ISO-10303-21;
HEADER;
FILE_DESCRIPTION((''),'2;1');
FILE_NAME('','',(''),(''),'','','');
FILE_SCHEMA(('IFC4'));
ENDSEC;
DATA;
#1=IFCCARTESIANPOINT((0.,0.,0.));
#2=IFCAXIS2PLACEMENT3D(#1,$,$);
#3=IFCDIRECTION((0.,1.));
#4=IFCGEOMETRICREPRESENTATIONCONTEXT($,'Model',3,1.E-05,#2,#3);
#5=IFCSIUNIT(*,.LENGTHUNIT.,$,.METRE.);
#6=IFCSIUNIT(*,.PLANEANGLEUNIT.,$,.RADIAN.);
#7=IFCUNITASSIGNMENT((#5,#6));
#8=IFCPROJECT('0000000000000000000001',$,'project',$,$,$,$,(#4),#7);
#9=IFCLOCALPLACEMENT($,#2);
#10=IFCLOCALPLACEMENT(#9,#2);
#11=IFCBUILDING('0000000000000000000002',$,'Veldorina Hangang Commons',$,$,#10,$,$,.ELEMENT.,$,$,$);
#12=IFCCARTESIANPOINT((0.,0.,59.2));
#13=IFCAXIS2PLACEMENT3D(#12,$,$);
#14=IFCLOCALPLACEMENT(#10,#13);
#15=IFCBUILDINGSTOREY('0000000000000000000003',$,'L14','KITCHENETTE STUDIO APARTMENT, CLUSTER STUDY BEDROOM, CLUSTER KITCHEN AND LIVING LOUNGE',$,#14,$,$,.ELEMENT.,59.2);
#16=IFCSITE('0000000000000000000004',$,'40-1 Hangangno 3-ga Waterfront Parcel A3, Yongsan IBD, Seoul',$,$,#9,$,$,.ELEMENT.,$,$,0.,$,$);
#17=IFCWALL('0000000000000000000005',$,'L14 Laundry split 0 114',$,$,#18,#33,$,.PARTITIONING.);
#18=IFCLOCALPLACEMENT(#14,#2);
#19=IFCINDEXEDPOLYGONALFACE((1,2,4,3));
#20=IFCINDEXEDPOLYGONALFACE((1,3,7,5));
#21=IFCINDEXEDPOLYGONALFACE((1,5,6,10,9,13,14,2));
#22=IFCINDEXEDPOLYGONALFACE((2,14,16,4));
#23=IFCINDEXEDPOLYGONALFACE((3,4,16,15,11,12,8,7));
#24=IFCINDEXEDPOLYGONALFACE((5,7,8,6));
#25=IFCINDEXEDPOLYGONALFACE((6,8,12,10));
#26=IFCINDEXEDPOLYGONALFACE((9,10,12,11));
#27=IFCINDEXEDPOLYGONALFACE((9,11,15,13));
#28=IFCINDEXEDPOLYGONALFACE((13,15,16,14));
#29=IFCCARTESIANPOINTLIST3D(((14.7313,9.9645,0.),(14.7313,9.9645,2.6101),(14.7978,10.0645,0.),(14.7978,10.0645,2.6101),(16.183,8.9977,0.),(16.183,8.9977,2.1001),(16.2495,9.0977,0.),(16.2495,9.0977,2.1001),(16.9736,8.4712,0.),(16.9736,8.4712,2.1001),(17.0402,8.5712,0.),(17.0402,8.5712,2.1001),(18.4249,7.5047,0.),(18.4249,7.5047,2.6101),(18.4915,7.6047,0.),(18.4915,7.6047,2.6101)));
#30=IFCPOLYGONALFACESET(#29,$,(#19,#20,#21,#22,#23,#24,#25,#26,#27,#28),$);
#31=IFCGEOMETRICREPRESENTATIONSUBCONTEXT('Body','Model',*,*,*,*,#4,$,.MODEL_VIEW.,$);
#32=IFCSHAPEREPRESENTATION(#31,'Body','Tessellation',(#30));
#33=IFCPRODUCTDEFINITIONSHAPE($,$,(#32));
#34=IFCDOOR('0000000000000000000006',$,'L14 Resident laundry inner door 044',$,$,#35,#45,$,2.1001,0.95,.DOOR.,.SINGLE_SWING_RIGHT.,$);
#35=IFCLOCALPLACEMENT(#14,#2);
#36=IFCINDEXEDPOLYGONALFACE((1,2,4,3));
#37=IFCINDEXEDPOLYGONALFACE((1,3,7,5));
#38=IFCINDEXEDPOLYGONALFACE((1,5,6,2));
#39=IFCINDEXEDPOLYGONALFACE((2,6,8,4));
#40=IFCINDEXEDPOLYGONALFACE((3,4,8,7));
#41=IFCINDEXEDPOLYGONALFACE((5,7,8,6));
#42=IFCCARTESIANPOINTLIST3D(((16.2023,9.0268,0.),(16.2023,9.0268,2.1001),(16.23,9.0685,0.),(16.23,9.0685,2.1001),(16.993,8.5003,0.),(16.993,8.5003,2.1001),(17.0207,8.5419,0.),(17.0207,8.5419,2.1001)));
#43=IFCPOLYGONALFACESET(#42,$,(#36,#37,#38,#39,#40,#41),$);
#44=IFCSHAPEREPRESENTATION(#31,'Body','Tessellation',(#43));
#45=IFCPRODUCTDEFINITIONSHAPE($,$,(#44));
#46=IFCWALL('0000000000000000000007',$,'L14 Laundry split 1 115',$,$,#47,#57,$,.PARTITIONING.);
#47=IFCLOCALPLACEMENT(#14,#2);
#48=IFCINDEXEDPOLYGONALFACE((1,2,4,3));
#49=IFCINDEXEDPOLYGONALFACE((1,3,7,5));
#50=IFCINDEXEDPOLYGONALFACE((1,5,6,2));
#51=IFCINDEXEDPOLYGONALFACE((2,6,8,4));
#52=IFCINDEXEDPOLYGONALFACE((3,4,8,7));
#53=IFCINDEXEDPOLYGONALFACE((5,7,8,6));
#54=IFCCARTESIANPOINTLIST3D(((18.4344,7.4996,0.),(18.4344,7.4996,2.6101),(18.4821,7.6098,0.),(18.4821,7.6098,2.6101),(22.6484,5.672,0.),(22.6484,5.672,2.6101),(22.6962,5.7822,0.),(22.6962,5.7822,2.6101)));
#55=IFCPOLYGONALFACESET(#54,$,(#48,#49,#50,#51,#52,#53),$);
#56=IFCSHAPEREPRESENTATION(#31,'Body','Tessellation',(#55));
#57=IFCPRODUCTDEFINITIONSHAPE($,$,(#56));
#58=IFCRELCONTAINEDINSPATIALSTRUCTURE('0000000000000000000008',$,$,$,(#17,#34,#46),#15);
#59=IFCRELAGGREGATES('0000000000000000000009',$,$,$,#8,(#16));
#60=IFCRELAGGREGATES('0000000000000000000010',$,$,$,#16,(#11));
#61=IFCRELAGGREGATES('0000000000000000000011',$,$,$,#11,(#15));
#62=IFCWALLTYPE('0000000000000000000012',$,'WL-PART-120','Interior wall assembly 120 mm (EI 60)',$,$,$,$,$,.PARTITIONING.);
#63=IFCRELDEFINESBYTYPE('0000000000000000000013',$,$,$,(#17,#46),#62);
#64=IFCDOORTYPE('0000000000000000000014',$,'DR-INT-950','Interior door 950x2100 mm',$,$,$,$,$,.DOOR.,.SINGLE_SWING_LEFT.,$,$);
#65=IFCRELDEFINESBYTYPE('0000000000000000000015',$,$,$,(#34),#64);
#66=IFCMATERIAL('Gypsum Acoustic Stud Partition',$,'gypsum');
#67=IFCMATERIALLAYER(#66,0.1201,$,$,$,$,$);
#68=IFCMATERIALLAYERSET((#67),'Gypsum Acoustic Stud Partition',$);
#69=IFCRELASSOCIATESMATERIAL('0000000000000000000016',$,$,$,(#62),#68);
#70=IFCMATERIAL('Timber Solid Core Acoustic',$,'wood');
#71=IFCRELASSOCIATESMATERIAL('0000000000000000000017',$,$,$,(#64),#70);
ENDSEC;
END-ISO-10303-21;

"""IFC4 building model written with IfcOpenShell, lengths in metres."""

from ifc_helpers import new_model, si_unit, direction, frame, frame_2d, origin, place, context, subcontext, project, spatial, rectangle, extrude, material, layer, layer_set, type_object, element, fill, save


model = new_model("IFC4")

# Units and contexts
model_context = context("Model", 3, precision=1e-05, world=origin(), true_north=direction((0.0, 1.0)))
body_context = subcontext(model_context, "Body", "Model", "MODEL_VIEW")
ifc_project = project(units=[si_unit("LENGTHUNIT", "METRE"), si_unit("PLANEANGLEUNIT", "RADIAN")], contexts=[model_context])

# Site, building, storey
site_placement = place(None, origin())
site = spatial("IfcSite", under=ifc_project, at=site_placement, Name="40-1 Hangangno 3-ga Waterfront Parcel A3, Yongsan IBD, Seoul", CompositionType="ELEMENT", RefElevation=0.0)
building_placement = place(site_placement, origin())
building = spatial("IfcBuilding", under=site, at=building_placement, Name="Veldorina Hangang Commons", CompositionType="ELEMENT")
storey_placement = place(building_placement, frame((0.0, 0.0, 59.2)))
storey = spatial("IfcBuildingStorey", under=building, at=storey_placement, Name="L14", Description="KITCHENETTE STUDIO APARTMENT, CLUSTER STUDY BEDROOM, CLUSTER KITCHEN AND LIVING LOUNGE", CompositionType="ELEMENT", Elevation=59.2)

# Shared definitions
ifc_material_1 = material(Name="Timber Solid Core Acoustic", Category="wood")

# Wall, opening, door
ifc_material_2 = material(Name="Gypsum Acoustic Stud Partition", Category="gypsum")
ifc_layer_1 = layer(ifc_material_2, 0.1201)
ifc_layer_set_1 = layer_set([ifc_layer_1], Name="Gypsum Acoustic Stud Partition")
wall_type_1 = type_object("IfcWallType", Name="WL-PART-120", Description="Interior wall assembly 120 mm (EI 60)", PredefinedType="PARTITIONING", material=ifc_layer_set_1)
wall_1_placement = place(storey_placement, frame((14.7646, 10.0144, 0.0), z_axis=(0.0, 0.0, 1.0), x_axis=(0.832329, -0.554281, 0.0)))
wall_1 = element("IfcWall", 1, at=wall_1_placement, inside=storey, type_object=wall_type_1, Name="L14 Laundry split 0 114", PredefinedType="PARTITIONING", context=body_context, shape_type="SweptSolid", body=[
    extrude(rectangle(XDim=4.4377, YDim=0.1201, at=frame_2d((2.2188, 0.0))), origin(), (0.0, 0.0, 1.0), 2.6101),
])
opening_1_placement = place(wall_1_placement, frame((1.7439, 0.0, 0.0)))
opening_1 = element("IfcOpeningElement", 2, at=opening_1_placement, cuts=wall_1, PredefinedType="OPENING", context=body_context, shape_type="SweptSolid", body=[
    extrude(rectangle(XDim=0.95, YDim=2.1001, at=frame_2d((0.4751, 1.05))), frame((0.0, 0.0701, 0.0), z_axis=(0.0, -1.0, 0.0), x_axis=(1.0, 0.0, 0.0)), (0.0, 0.0, 1.0), 0.1401),
])
door_type_1 = type_object("IfcDoorType", Name="DR-INT-950", Description="Interior door 950x2100 mm", OperationType="SINGLE_SWING_LEFT", PredefinedType="DOOR", material=ifc_material_1)
door_1_placement = place(opening_1_placement, origin())
door_1 = element("IfcDoor", 3, at=door_1_placement, inside=storey, type_object=door_type_1, Name="L14 Resident laundry inner door 044", OperationType="SINGLE_SWING_RIGHT", OverallHeight=2.1001, OverallWidth=0.95, PredefinedType="DOOR", context=body_context, shape_type="SweptSolid", body=[
    extrude(rectangle(XDim=0.95, YDim=2.1001, at=frame_2d((0.4751, 1.05))), frame((0.0, 0.0249, 0.0), z_axis=(0.0, -1.0, 0.0), x_axis=(1.0, 0.0, 0.0)), (0.0, 0.0, 1.0), 0.05),
])
fill(opening_1, door_1)

# Wall
wall_2_placement = place(storey_placement, frame((18.4583, 7.5547, 0.0), z_axis=(0.0, 0.0, 1.0), x_axis=(0.917435, -0.397886, 0.0)))
element("IfcWall", 4, at=wall_2_placement, inside=storey, type_object=wall_type_1, Name="L14 Laundry split 1 115", PredefinedType="PARTITIONING", context=body_context, shape_type="SweptSolid", body=[
    extrude(rectangle(XDim=4.5933, YDim=0.1201, at=frame_2d((2.2966, 0.0))), origin(), (0.0, 0.0, 1.0), 2.6101),
])

save(model, "model.ifc")
